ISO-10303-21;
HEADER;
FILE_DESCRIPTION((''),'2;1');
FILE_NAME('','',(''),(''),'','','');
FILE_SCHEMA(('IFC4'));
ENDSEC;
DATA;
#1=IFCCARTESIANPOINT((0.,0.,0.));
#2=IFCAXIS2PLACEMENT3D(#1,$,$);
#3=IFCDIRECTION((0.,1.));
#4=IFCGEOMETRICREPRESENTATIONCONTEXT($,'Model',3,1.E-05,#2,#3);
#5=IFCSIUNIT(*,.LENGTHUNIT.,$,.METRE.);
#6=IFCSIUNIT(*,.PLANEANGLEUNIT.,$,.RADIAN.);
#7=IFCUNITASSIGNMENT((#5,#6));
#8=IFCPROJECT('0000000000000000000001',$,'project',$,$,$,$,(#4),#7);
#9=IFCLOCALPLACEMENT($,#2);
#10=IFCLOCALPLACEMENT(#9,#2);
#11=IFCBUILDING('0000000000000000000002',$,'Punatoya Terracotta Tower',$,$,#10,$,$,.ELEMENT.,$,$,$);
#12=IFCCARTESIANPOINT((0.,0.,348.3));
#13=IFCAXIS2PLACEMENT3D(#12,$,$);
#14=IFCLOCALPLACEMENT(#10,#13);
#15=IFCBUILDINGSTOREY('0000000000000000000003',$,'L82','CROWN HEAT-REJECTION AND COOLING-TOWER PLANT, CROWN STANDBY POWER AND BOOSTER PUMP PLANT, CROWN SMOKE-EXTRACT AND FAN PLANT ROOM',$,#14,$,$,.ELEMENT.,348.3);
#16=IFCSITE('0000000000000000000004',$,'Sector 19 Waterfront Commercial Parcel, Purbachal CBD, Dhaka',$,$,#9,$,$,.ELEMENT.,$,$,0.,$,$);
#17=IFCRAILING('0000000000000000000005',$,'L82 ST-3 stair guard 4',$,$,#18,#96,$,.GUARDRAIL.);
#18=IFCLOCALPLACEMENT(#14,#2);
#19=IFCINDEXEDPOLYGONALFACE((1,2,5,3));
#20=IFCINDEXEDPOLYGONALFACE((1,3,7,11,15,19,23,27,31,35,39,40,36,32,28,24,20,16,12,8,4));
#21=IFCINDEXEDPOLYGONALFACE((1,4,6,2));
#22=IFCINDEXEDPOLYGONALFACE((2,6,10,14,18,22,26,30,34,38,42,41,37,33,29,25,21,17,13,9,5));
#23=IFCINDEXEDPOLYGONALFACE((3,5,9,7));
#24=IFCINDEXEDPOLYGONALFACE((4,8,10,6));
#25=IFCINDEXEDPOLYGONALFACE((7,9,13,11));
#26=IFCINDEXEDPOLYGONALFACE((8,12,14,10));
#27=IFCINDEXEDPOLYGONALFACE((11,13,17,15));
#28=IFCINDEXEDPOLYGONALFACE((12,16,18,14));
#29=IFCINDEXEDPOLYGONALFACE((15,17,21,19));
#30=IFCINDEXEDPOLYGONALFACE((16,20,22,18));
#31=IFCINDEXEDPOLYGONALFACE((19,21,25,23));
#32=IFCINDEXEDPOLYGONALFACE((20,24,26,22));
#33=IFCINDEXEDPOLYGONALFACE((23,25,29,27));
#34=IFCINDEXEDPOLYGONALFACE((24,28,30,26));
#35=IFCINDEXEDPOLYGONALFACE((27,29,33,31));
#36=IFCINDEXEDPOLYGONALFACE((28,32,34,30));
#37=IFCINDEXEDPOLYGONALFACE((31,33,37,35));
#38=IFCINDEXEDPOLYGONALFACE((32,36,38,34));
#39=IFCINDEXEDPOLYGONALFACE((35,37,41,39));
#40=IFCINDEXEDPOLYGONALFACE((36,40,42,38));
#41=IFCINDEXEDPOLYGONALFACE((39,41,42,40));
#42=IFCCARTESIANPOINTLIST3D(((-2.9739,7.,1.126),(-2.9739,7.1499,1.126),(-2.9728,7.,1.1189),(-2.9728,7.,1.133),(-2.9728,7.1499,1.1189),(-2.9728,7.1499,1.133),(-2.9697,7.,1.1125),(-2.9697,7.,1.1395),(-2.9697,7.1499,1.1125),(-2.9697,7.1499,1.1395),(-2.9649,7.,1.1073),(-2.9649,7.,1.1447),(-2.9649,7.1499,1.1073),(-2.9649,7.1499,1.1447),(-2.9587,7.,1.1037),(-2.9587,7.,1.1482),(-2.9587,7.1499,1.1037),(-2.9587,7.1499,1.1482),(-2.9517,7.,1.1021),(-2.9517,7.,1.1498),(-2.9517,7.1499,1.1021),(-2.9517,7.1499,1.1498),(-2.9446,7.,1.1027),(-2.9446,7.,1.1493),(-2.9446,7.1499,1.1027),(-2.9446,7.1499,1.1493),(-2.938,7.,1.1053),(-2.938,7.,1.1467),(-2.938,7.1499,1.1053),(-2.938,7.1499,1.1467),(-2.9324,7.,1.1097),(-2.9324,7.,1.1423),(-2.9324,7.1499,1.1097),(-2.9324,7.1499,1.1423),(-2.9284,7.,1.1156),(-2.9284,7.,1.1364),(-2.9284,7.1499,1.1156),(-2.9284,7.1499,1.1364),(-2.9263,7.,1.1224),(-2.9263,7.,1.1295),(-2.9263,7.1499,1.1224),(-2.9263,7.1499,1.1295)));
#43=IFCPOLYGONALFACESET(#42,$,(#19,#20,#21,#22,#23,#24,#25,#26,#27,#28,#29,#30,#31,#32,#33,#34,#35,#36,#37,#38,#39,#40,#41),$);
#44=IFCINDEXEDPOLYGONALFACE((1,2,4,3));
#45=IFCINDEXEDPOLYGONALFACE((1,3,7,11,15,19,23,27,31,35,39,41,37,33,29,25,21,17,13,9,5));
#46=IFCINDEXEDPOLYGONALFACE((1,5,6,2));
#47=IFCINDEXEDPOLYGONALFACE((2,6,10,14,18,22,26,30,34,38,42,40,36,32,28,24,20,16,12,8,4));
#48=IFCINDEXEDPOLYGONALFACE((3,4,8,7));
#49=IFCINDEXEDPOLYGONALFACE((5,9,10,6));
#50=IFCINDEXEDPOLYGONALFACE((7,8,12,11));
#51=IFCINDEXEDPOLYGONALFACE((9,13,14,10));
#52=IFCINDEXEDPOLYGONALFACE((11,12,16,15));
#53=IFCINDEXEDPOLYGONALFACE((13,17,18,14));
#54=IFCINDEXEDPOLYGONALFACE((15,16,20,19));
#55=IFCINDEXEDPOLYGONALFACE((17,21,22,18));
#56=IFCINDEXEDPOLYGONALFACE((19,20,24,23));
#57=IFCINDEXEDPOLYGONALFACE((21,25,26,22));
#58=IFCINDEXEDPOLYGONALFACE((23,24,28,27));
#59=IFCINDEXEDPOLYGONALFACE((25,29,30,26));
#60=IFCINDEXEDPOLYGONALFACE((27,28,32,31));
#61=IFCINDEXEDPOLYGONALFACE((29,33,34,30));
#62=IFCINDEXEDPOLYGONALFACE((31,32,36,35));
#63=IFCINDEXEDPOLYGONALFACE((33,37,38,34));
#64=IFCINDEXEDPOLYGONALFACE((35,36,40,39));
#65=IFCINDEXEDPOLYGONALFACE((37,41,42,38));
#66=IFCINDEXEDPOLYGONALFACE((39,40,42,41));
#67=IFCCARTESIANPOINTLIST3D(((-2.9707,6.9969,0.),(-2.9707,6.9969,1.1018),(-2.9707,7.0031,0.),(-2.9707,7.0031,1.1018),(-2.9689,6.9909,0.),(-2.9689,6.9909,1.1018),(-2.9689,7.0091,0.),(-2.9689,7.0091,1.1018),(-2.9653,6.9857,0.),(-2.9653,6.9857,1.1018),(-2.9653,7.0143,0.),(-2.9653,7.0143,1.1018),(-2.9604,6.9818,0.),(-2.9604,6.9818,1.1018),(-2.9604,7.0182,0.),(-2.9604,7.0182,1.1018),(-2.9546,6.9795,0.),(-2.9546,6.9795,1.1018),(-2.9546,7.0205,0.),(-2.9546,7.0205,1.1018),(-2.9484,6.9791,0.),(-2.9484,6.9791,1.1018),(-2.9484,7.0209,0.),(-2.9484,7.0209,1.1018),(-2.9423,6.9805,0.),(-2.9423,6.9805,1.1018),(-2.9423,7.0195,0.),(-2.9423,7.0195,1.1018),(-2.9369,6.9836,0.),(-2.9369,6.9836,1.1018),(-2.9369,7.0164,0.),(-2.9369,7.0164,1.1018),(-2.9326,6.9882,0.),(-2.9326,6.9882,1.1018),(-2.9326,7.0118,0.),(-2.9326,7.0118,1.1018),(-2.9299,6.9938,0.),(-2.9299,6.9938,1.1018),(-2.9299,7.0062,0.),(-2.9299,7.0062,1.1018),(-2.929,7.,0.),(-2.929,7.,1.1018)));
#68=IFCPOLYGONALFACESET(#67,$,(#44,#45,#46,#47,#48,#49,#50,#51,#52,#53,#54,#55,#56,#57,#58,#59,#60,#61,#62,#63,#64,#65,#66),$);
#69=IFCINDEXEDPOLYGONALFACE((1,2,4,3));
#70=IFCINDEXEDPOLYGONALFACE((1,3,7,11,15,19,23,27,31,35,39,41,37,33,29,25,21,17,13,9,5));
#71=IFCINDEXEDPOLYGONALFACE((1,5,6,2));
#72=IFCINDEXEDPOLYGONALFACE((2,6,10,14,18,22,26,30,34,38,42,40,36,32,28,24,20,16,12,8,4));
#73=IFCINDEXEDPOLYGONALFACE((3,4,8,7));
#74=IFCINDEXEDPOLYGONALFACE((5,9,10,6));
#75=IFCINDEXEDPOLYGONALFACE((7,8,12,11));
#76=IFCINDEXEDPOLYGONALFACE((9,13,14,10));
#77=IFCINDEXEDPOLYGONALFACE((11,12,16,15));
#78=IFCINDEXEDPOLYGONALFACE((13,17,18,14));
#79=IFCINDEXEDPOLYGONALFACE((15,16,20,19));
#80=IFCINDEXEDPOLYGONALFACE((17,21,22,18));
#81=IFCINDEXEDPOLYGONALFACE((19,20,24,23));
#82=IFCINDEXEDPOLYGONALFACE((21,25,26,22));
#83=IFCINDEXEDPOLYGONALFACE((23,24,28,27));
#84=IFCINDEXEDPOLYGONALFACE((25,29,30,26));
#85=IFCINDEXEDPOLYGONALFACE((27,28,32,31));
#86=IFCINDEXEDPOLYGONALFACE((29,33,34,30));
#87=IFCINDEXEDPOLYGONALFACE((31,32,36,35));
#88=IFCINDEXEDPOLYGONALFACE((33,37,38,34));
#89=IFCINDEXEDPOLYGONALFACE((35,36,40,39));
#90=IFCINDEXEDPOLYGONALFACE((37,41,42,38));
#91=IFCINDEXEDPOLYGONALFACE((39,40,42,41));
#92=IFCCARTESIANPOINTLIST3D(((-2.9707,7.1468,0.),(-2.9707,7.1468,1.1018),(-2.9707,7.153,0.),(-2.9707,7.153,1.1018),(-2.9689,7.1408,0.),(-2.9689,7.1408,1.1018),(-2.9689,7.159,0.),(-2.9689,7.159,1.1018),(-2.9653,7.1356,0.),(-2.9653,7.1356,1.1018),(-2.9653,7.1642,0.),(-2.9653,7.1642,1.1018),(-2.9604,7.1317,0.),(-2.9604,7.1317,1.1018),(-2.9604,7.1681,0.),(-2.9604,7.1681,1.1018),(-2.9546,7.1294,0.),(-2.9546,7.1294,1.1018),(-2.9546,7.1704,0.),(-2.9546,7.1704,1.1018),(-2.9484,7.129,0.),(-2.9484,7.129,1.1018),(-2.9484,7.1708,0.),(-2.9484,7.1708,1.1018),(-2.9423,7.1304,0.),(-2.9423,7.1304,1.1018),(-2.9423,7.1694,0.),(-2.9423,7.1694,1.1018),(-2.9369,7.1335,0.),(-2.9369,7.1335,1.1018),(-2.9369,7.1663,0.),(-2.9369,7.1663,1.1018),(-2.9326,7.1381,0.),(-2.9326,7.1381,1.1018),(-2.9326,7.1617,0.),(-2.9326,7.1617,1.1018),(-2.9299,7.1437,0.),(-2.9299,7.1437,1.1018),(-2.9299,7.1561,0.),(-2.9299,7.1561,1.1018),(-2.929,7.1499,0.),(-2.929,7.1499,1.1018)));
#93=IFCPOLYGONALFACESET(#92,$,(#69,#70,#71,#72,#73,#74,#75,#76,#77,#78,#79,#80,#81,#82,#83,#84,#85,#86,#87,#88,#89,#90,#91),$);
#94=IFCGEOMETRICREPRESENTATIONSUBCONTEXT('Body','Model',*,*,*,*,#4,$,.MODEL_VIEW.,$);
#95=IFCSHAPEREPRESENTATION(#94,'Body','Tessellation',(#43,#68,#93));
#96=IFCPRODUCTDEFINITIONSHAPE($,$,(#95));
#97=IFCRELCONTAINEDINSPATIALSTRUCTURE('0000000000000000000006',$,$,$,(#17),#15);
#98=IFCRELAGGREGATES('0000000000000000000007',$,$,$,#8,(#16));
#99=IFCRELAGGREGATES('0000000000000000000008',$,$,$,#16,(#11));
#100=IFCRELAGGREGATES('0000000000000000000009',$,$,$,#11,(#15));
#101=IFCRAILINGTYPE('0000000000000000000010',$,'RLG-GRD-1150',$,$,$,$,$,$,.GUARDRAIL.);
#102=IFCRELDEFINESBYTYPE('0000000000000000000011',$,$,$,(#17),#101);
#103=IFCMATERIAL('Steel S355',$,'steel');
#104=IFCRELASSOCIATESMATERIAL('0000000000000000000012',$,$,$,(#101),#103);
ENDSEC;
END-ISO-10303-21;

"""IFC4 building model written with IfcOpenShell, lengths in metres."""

from ifc_helpers import new_model, si_unit, direction, frame, origin, origin_2d, place, context, subcontext, project, spatial, circle, extrude, material, type_object, element, save


model = new_model("IFC4")

# Units and contexts
model_context = context("Model", 3, precision=1e-05, world=origin(), true_north=direction((0.0, 1.0)))
body_context = subcontext(model_context, "Body", "Model", "MODEL_VIEW")
ifc_project = project(units=[si_unit("LENGTHUNIT", "METRE"), si_unit("PLANEANGLEUNIT", "RADIAN")], contexts=[model_context])

# Site, building, storey
site_placement = place(None, origin())
site = spatial("IfcSite", under=ifc_project, at=site_placement, Name="Sector 19 Waterfront Commercial Parcel, Purbachal CBD, Dhaka", CompositionType="ELEMENT", RefElevation=0.0)
building_placement = place(site_placement, origin())
building = spatial("IfcBuilding", under=site, at=building_placement, Name="Punatoya Terracotta Tower", CompositionType="ELEMENT")
storey_placement = place(building_placement, frame((0.0, 0.0, 348.3)))
storey = spatial("IfcBuildingStorey", under=building, at=storey_placement, Name="L82", Description="CROWN HEAT-REJECTION AND COOLING-TOWER PLANT, CROWN STANDBY POWER AND BOOSTER PUMP PLANT, CROWN SMOKE-EXTRACT AND FAN PLANT ROOM", CompositionType="ELEMENT", Elevation=348.3)

# Shared definitions
ifc_material_1 = material(Name="Steel S355", Category="steel")

# Railing
railing_type_1 = type_object("IfcRailingType", Name="RLG-GRD-1150", PredefinedType="GUARDRAIL", material=ifc_material_1)
railing_1_placement = place(storey_placement, frame((-2.95, 7.0, 0.0)))
element("IfcRailing", 1, at=railing_1_placement, inside=storey, type_object=railing_type_1, Name="L82 ST-3 stair guard 4", PredefinedType="GUARDRAIL", context=body_context, shape_type="SweptSolid", body=[
    extrude(circle(Radius=0.0239, at=origin_2d()), frame((0.0, 0.0, 1.126), z_axis=(0.0, 1.0, 0.0), x_axis=(-1.0, 0.0, 0.0)), (0.0, 0.0, 1.0), 0.1499),
    extrude(circle(Radius=0.021, at=origin_2d()), origin(), (0.0, 0.0, 1.0), 1.1018),
    extrude(circle(Radius=0.021, at=origin_2d()), frame((0.0, 0.1499, 0.0)), (0.0, 0.0, 1.0), 1.1018),
])

save(model, "model.ifc")
